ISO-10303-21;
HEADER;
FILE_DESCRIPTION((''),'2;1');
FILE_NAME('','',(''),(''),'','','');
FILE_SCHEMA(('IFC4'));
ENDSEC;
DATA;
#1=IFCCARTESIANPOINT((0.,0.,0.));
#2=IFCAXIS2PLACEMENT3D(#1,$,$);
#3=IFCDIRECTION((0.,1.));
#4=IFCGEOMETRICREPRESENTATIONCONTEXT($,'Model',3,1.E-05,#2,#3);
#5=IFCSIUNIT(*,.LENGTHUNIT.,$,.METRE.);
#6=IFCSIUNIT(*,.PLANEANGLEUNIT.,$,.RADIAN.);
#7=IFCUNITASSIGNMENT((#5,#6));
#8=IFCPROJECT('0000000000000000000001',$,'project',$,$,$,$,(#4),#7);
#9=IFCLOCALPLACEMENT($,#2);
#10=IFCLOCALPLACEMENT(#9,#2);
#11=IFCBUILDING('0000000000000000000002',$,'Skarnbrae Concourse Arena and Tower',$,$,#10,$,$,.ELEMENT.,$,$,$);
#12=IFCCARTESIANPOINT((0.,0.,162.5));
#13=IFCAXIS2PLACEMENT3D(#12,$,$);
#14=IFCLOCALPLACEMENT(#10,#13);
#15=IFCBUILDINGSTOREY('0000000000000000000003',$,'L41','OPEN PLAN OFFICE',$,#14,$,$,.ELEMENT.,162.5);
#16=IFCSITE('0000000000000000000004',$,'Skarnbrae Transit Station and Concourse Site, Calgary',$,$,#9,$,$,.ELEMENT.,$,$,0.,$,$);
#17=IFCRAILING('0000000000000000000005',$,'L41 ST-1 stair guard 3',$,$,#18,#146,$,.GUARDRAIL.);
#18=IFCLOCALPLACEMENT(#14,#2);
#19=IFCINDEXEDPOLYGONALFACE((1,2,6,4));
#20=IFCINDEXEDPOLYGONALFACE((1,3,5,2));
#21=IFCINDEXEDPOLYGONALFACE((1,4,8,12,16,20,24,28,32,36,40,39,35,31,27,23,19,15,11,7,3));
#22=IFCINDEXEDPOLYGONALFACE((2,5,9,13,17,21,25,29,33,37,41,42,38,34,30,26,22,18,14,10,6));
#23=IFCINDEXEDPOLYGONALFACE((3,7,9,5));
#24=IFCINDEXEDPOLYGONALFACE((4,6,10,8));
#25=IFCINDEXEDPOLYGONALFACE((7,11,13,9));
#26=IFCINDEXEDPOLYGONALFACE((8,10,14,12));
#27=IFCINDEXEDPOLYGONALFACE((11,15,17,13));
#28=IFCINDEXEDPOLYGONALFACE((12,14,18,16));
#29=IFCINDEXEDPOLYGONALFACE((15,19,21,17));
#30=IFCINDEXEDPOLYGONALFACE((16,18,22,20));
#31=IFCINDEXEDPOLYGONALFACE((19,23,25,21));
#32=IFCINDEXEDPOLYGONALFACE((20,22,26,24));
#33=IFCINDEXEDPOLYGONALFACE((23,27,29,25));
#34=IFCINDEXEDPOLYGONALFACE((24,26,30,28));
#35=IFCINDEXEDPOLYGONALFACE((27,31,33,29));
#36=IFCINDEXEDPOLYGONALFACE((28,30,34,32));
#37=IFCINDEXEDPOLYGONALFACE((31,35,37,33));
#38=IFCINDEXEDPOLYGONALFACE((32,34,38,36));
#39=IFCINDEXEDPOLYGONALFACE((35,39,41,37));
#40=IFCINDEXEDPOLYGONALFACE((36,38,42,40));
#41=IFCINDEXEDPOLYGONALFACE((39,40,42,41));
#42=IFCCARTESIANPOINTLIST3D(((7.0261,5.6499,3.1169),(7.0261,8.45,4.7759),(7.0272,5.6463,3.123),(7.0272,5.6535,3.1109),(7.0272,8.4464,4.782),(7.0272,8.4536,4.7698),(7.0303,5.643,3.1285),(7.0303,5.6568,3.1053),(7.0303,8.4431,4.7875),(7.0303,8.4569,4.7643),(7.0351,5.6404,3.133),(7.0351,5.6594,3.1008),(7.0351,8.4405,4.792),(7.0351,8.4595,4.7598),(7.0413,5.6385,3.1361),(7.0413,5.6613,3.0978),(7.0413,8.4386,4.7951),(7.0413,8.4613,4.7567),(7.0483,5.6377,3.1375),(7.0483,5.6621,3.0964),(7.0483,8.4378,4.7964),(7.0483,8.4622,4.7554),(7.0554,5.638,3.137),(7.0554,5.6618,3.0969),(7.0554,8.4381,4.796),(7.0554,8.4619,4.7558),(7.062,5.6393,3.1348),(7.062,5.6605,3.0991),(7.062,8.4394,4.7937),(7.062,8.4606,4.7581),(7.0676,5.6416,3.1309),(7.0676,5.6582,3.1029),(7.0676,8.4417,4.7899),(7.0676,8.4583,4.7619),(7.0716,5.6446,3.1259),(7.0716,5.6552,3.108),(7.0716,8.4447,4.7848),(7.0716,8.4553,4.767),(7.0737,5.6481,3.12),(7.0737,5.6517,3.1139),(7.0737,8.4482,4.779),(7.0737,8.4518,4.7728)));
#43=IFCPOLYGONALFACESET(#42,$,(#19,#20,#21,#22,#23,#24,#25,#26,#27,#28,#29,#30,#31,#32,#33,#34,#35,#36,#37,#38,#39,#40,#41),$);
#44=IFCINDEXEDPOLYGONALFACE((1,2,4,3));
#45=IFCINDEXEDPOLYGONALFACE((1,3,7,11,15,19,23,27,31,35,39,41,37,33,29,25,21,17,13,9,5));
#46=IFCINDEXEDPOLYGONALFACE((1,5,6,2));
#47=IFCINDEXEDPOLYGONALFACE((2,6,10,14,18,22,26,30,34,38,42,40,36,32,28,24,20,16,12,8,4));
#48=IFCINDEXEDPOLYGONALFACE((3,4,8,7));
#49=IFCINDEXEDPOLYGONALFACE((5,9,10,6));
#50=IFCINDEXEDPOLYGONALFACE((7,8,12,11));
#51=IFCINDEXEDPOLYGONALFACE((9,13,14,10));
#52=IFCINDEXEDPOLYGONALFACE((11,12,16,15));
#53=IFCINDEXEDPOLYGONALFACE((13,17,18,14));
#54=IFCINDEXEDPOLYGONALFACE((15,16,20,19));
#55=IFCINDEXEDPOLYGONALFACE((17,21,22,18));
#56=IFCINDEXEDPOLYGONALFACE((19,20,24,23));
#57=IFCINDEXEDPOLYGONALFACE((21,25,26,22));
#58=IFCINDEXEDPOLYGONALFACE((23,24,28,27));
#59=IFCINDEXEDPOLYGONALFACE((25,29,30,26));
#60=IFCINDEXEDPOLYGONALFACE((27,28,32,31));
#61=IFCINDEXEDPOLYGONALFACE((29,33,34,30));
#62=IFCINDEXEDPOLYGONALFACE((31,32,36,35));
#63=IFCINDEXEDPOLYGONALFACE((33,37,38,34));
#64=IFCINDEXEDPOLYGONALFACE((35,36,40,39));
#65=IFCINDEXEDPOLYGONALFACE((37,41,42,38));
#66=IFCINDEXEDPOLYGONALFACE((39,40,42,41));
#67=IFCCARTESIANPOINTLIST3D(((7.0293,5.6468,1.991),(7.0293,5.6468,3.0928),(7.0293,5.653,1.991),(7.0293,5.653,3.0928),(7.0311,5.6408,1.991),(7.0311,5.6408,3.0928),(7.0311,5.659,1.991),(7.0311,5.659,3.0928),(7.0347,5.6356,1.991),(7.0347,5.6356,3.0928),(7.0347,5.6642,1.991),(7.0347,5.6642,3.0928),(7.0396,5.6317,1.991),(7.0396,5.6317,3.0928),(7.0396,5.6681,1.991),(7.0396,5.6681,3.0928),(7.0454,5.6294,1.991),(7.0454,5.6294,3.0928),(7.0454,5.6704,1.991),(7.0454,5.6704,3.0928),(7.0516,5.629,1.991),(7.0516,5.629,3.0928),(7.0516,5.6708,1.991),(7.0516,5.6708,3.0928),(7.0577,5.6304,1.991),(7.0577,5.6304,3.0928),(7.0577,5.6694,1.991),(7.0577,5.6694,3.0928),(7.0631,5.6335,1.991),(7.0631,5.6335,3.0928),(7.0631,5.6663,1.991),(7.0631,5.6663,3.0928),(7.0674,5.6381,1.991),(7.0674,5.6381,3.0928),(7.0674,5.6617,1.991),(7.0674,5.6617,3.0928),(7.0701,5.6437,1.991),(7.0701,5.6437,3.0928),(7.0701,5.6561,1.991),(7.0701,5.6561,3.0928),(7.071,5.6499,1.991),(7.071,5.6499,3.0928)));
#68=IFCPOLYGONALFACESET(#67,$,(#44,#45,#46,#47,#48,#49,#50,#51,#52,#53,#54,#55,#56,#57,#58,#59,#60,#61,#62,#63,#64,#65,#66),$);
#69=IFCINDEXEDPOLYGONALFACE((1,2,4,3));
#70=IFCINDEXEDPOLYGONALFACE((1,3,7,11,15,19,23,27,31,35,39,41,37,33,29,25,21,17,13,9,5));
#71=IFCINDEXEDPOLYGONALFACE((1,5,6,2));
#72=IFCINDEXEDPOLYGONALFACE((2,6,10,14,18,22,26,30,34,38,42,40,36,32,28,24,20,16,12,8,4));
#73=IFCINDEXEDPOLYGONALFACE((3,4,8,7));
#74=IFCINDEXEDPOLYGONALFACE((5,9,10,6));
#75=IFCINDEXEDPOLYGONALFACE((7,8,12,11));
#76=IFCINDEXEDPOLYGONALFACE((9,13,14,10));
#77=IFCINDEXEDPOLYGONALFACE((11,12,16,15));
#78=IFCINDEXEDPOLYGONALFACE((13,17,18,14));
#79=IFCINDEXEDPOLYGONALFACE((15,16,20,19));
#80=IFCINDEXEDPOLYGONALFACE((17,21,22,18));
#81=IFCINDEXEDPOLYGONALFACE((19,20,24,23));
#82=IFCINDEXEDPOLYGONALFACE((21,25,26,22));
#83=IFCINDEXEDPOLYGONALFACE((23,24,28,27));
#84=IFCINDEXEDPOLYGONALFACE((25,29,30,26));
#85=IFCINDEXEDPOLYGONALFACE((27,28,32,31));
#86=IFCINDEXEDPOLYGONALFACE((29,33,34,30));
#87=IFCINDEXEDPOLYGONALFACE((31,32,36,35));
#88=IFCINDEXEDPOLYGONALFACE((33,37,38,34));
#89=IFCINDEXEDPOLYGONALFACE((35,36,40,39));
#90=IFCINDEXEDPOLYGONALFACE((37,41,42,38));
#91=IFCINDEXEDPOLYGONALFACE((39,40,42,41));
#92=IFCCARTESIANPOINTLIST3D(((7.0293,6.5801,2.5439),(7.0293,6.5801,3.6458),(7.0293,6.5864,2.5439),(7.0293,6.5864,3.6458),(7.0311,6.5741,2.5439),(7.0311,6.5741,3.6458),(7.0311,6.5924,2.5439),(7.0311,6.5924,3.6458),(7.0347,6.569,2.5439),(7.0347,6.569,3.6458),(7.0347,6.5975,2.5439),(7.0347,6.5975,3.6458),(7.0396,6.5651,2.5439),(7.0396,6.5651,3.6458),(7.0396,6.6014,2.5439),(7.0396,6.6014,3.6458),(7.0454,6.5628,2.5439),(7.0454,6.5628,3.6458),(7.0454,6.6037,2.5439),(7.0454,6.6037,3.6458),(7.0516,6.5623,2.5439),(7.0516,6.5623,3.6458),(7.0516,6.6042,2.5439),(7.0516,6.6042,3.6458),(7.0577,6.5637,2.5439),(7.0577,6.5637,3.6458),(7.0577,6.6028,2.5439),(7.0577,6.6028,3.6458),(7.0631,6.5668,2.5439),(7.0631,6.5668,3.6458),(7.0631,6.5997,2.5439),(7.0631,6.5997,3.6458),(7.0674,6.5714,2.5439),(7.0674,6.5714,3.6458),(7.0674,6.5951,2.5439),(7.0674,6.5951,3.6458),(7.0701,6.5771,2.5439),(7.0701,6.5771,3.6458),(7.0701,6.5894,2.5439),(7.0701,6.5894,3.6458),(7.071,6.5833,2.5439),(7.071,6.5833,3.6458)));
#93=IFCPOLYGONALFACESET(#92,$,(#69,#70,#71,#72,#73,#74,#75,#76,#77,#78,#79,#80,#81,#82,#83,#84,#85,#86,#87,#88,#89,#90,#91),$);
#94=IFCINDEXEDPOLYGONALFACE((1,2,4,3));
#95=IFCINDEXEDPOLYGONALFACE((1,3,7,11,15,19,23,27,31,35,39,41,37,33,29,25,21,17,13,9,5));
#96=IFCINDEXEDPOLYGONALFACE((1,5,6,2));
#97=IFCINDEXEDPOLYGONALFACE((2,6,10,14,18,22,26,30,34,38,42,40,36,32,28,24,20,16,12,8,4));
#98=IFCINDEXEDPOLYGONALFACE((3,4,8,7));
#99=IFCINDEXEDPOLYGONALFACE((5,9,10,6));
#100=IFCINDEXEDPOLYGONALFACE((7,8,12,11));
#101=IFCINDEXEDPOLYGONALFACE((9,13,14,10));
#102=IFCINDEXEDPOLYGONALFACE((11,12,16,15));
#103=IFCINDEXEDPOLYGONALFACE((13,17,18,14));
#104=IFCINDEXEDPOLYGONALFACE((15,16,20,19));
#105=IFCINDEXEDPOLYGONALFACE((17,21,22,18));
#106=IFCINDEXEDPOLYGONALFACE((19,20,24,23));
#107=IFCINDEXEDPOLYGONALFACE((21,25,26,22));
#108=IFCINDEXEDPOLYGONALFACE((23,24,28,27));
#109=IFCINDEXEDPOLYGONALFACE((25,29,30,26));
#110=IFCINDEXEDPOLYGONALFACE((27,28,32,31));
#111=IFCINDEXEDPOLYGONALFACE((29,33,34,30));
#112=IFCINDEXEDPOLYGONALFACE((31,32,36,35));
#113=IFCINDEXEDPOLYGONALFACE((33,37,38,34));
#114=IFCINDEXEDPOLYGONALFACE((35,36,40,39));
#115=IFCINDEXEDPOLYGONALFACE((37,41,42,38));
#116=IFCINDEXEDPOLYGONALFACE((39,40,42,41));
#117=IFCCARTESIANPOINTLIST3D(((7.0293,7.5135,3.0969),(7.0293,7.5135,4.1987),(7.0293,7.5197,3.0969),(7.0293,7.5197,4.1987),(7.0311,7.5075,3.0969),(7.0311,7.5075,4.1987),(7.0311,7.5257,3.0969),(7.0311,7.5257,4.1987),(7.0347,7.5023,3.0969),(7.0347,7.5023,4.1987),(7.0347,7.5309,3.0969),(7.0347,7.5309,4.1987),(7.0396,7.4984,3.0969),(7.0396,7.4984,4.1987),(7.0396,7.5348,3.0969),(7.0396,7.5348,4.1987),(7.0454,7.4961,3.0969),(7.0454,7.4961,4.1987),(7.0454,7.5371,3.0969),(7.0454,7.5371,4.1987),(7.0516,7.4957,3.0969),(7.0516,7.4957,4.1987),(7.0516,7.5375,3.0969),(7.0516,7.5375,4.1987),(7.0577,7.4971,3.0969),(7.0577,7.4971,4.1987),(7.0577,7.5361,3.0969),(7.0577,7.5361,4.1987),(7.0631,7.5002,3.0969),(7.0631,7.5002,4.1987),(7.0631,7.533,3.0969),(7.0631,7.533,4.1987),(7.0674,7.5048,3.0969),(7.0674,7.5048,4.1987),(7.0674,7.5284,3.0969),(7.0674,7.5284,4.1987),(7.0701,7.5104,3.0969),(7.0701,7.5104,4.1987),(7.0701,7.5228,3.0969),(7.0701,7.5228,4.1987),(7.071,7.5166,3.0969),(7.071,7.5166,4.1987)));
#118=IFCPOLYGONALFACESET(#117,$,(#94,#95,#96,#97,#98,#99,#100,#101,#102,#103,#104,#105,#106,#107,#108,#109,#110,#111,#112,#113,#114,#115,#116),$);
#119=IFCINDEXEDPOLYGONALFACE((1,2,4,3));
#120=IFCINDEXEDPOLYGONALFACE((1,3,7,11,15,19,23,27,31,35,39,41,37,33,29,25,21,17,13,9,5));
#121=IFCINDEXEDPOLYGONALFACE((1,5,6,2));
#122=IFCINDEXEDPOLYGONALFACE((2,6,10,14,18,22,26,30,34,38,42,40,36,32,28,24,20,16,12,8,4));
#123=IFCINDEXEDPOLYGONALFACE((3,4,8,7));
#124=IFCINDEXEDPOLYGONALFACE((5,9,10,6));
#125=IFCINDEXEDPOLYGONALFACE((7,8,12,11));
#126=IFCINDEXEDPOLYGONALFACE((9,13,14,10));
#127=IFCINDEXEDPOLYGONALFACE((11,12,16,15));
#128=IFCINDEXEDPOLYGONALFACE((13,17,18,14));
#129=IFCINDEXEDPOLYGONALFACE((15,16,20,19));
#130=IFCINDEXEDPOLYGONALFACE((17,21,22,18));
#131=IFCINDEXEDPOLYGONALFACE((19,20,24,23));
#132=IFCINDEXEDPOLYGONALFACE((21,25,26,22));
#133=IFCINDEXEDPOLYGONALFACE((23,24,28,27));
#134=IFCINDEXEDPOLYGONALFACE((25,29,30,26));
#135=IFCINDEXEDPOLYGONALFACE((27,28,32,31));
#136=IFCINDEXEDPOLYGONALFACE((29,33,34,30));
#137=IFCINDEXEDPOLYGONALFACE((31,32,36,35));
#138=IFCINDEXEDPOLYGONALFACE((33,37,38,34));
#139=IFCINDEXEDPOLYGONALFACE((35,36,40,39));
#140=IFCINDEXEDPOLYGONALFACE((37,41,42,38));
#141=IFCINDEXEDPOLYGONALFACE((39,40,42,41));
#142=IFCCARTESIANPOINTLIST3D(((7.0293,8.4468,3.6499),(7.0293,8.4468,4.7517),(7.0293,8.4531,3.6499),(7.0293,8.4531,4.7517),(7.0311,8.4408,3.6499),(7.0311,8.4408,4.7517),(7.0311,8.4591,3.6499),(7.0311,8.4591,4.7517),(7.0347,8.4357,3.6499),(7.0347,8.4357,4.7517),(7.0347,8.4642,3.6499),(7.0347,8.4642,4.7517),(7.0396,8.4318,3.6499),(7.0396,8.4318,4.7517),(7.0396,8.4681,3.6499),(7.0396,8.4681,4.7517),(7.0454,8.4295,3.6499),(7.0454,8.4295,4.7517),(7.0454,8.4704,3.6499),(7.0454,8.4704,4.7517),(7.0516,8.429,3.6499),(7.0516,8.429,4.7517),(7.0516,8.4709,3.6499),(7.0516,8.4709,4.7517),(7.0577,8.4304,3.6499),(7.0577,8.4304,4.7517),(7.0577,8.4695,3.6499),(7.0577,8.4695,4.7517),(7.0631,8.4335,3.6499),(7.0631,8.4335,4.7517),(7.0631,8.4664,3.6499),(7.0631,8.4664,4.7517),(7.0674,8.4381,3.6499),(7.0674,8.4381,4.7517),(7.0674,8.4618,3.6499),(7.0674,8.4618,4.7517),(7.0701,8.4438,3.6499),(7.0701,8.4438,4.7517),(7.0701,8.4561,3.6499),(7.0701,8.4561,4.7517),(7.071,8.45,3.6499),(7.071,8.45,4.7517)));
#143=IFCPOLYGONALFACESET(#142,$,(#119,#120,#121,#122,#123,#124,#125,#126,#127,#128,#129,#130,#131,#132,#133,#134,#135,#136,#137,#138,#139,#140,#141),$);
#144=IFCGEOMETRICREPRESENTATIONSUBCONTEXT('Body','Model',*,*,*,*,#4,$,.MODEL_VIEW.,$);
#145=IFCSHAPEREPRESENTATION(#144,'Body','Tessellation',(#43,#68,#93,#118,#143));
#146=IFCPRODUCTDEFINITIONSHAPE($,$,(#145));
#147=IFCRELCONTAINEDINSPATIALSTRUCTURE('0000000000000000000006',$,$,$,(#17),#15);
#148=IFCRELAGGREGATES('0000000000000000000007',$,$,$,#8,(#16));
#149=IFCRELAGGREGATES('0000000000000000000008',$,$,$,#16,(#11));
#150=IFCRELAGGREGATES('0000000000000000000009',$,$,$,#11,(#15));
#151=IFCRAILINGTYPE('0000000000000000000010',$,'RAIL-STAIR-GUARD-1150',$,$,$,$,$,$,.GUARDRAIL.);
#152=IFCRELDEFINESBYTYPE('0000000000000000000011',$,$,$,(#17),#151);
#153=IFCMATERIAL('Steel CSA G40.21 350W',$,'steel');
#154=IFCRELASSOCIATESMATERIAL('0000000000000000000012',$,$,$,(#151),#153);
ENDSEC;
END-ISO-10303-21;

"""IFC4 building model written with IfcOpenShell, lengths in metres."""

from ifc_helpers import new_model, si_unit, direction, frame, origin, origin_2d, place, context, subcontext, project, spatial, circle, extrude, material, type_object, element, save


model = new_model("IFC4")

# Units and contexts
model_context = context("Model", 3, precision=1e-05, world=origin(), true_north=direction((0.0, 1.0)))
body_context = subcontext(model_context, "Body", "Model", "MODEL_VIEW")
ifc_project = project(units=[si_unit("LENGTHUNIT", "METRE"), si_unit("PLANEANGLEUNIT", "RADIAN")], contexts=[model_context])

# Site, building, storey
site_placement = place(None, origin())
site = spatial("IfcSite", under=ifc_project, at=site_placement, Name="Skarnbrae Transit Station and Concourse Site, Calgary", CompositionType="ELEMENT", RefElevation=0.0)
building_placement = place(site_placement, origin())
building = spatial("IfcBuilding", under=site, at=building_placement, Name="Skarnbrae Concourse Arena and Tower", CompositionType="ELEMENT")
storey_placement = place(building_placement, frame((0.0, 0.0, 162.5)))
storey = spatial("IfcBuildingStorey", under=building, at=storey_placement, Name="L41", Description="OPEN PLAN OFFICE", CompositionType="ELEMENT", Elevation=162.5)

# Railing
ifc_material_1 = material(Name="Steel CSA G40.21 350W", Category="steel")
railing_type_1 = type_object("IfcRailingType", Name="RAIL-STAIR-GUARD-1150", PredefinedType="GUARDRAIL", material=ifc_material_1)
railing_1_placement = place(storey_placement, frame((7.05, 5.6499, 1.991)))
element("IfcRailing", 1, at=railing_1_placement, inside=storey, type_object=railing_type_1, Name="L41 ST-1 stair guard 3", PredefinedType="GUARDRAIL", context=body_context, shape_type="SweptSolid", body=[
    extrude(circle(Radius=0.0239, at=origin_2d()), frame((0.0, 0.0, 1.126), z_axis=(0.0, 0.860339, 0.509722), x_axis=(-1.0, 0.0, 0.0)), (0.0, 0.0, 1.0), 3.2546),
    extrude(circle(Radius=0.021, at=origin_2d()), origin(), (0.0, 0.0, 1.0), 1.1018),
    extrude(circle(Radius=0.021, at=origin_2d()), frame((0.0, 0.9333, 0.553)), (0.0, 0.0, 1.0), 1.1018),
    extrude(circle(Radius=0.021, at=origin_2d()), frame((0.0, 1.8667, 1.106)), (0.0, 0.0, 1.0), 1.1018),
    extrude(circle(Radius=0.021, at=origin_2d()), frame((0.0, 2.8, 1.6589)), (0.0, 0.0, 1.0), 1.1018),
])

save(model, "model.ifc")
